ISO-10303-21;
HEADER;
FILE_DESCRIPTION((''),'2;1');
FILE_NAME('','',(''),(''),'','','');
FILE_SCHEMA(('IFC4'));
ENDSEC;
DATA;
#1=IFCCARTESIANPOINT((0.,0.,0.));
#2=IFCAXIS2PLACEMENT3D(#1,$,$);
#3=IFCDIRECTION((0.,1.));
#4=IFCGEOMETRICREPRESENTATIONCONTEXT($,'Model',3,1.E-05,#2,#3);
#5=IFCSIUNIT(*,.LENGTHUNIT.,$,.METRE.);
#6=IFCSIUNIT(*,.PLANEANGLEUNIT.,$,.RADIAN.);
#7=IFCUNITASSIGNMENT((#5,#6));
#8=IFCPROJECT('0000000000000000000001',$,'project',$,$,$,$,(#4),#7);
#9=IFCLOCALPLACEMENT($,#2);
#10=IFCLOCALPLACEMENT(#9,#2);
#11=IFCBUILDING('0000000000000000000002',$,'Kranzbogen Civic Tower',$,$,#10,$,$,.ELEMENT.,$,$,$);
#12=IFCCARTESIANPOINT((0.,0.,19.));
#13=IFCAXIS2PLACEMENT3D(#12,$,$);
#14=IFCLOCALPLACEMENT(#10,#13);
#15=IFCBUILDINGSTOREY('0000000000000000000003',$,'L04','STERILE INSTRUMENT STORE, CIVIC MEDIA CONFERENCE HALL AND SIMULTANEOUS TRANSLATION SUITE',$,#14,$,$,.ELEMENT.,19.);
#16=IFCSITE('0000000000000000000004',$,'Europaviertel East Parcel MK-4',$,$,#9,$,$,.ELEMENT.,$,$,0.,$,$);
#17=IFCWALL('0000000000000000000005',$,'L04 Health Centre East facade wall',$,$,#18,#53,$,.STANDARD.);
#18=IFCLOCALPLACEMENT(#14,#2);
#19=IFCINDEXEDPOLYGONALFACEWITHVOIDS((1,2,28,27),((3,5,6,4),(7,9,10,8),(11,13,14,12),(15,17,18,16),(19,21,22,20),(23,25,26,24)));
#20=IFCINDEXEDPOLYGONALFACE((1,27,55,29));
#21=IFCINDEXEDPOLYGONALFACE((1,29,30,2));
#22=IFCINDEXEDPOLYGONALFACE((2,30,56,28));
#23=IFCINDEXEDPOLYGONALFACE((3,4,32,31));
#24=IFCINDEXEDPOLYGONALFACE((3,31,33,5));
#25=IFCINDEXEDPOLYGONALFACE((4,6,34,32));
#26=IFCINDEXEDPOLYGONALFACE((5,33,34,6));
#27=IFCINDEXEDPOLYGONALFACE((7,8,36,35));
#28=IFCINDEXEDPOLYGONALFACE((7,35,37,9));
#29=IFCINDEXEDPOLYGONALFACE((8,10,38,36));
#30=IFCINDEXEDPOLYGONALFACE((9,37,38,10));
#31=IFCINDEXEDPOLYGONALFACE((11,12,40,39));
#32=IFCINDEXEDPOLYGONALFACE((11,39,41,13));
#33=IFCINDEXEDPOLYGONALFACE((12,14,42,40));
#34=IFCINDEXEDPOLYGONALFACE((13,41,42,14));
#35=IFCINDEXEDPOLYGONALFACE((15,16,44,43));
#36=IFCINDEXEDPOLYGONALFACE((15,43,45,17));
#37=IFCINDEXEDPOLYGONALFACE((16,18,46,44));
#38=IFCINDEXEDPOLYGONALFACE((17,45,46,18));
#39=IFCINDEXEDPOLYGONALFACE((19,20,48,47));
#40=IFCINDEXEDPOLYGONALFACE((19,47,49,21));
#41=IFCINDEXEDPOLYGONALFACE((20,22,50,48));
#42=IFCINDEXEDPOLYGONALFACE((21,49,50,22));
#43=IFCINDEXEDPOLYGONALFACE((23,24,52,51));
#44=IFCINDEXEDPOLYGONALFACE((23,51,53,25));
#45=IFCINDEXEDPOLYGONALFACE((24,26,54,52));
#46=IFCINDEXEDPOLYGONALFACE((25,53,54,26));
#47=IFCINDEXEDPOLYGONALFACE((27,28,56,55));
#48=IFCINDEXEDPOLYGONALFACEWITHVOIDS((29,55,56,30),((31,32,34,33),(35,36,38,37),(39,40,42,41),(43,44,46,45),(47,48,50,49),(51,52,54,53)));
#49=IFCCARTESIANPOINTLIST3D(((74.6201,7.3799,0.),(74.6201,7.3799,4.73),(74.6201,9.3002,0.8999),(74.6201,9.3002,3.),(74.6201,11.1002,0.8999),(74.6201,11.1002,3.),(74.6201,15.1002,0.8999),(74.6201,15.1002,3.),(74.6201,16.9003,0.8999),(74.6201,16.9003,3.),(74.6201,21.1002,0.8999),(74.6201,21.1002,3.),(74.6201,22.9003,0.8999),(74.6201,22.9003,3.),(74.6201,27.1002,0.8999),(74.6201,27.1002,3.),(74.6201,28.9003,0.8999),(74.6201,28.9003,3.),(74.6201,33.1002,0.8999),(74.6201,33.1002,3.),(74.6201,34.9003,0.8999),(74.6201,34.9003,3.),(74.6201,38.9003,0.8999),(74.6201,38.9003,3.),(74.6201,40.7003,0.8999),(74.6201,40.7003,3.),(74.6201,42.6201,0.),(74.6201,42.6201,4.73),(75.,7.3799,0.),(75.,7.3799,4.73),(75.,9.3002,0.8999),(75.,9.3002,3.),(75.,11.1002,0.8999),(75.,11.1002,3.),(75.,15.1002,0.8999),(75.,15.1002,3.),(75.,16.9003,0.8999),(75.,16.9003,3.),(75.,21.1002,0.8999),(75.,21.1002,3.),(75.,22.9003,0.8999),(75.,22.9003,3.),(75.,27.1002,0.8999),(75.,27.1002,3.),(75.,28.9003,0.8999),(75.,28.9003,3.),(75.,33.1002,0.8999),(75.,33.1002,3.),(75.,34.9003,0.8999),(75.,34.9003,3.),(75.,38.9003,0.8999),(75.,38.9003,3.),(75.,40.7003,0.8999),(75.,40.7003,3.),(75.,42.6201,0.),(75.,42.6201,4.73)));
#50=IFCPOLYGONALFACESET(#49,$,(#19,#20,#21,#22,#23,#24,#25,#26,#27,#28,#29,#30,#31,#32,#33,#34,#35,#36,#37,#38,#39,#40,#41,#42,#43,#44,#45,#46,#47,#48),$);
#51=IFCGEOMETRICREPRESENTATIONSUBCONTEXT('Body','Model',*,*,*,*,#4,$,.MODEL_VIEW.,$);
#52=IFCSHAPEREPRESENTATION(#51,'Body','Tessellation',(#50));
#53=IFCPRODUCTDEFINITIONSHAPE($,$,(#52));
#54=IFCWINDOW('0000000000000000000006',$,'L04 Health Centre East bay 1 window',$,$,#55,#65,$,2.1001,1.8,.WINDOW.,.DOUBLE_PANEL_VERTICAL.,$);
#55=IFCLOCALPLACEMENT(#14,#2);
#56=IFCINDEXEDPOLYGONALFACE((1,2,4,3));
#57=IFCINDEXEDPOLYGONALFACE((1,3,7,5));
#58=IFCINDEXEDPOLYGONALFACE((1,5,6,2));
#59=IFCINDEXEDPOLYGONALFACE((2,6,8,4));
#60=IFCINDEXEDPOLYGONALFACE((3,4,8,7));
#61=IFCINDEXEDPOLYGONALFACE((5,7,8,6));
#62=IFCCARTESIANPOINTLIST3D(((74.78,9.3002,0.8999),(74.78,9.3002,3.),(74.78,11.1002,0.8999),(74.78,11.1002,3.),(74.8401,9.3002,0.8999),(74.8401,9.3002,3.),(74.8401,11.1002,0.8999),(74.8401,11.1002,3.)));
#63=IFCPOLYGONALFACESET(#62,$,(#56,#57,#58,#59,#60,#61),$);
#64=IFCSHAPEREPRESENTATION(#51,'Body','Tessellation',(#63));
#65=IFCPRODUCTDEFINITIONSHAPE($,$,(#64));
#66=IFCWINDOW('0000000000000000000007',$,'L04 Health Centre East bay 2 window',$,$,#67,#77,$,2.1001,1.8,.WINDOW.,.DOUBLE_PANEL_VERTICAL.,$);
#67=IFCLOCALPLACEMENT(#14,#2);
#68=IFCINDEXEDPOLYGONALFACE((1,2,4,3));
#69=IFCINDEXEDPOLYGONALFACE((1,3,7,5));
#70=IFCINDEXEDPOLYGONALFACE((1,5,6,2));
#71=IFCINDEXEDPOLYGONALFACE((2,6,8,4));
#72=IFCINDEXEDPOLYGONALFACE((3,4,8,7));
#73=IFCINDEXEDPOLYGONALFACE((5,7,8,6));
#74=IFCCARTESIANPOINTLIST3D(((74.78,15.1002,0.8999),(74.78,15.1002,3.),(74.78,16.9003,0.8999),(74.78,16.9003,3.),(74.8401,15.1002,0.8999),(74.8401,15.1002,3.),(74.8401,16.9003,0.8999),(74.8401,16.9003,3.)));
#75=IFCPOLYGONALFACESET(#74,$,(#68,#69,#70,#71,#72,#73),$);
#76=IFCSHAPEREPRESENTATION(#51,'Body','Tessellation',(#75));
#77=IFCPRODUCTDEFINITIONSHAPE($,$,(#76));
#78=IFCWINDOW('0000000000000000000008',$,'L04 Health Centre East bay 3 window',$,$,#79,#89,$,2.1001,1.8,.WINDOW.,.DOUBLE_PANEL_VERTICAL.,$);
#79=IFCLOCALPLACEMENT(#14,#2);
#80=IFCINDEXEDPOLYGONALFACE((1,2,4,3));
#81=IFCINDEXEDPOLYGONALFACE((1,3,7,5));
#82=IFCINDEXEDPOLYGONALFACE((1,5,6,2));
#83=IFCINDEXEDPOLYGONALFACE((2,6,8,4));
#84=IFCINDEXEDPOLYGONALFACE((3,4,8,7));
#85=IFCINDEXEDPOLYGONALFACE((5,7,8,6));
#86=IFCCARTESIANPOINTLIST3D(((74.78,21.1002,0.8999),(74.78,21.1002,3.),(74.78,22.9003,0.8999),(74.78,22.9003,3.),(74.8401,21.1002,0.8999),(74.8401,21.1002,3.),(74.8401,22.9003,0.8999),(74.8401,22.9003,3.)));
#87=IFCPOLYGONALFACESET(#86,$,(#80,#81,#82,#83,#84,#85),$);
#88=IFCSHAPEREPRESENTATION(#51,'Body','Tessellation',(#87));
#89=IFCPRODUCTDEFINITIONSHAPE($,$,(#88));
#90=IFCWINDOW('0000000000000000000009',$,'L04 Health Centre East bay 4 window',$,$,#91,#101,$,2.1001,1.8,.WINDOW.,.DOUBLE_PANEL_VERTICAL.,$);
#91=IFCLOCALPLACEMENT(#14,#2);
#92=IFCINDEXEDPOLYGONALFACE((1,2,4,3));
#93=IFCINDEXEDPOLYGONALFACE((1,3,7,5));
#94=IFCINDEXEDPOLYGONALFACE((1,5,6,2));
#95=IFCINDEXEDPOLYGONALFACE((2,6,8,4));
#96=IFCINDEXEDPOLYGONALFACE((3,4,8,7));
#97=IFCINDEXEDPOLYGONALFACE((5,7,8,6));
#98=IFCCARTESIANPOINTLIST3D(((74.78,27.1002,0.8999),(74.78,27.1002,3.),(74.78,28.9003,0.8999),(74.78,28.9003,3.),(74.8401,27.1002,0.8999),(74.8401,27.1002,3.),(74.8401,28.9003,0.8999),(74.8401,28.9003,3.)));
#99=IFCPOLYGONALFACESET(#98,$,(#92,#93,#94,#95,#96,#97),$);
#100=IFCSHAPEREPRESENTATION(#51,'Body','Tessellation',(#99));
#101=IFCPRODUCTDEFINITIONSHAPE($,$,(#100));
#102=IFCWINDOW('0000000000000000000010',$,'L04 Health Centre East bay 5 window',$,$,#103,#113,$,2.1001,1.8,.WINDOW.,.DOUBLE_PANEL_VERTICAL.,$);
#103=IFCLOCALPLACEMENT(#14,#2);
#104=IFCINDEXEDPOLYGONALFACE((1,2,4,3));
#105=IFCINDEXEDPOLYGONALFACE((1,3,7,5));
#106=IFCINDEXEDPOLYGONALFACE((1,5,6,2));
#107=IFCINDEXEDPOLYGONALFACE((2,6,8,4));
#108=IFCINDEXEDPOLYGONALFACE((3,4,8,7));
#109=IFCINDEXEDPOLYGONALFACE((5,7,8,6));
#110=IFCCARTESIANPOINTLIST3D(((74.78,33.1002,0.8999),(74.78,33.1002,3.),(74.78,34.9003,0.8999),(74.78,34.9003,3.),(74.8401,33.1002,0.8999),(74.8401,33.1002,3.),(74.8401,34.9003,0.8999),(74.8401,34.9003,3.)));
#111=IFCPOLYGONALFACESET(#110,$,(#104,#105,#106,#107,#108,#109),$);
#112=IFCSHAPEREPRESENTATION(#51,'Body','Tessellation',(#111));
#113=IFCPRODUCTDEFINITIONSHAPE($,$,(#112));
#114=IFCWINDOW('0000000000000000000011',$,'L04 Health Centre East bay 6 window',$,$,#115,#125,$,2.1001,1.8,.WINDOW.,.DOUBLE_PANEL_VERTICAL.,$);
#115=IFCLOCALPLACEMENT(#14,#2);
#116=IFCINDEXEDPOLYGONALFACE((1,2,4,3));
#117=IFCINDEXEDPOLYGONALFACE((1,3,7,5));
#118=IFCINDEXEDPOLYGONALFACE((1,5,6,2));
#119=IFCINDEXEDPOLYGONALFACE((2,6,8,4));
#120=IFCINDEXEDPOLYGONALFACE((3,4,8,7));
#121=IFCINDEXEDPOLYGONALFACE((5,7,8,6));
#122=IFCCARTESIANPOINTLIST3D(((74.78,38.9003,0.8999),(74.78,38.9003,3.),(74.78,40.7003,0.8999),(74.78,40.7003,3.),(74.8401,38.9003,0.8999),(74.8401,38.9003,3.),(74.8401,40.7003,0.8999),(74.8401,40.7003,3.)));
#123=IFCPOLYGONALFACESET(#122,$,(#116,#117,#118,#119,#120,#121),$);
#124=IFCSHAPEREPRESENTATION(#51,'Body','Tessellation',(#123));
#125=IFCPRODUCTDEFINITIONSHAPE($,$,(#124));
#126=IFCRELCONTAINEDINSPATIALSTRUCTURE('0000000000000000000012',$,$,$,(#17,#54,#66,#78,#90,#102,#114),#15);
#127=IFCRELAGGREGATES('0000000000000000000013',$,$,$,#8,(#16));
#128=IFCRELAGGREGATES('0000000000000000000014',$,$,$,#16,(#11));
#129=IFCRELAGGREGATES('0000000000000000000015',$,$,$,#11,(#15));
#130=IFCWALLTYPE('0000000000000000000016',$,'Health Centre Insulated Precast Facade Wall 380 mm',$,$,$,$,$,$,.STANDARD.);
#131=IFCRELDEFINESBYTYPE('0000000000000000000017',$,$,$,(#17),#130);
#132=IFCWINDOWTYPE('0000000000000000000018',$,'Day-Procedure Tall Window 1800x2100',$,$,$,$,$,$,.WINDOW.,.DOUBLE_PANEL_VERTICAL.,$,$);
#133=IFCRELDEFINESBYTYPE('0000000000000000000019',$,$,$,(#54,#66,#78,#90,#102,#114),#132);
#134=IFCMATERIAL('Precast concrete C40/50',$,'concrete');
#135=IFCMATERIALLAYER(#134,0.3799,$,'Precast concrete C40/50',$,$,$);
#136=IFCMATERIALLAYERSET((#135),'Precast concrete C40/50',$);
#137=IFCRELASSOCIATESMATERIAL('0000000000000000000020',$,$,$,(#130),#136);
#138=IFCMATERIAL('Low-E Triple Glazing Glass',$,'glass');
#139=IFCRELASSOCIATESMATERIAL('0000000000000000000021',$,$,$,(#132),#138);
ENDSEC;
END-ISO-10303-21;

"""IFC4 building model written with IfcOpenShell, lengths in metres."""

from ifc_helpers import new_model, si_unit, direction, frame, frame_2d, origin, place, context, subcontext, project, spatial, rectangle, extrude, material, layer, layer_set, type_object, element, fill, save


model = new_model("IFC4")

# Units and contexts
model_context = context("Model", 3, precision=1e-05, world=origin(), true_north=direction((0.0, 1.0)))
body_context = subcontext(model_context, "Body", "Model", "MODEL_VIEW")
ifc_project = project(units=[si_unit("LENGTHUNIT", "METRE"), si_unit("PLANEANGLEUNIT", "RADIAN")], contexts=[model_context])

# Site, building, storey
site_placement = place(None, origin())
site = spatial("IfcSite", under=ifc_project, at=site_placement, Name="Europaviertel East Parcel MK-4", CompositionType="ELEMENT", RefElevation=0.0)
building_placement = place(site_placement, origin())
building = spatial("IfcBuilding", under=site, at=building_placement, Name="Kranzbogen Civic Tower", CompositionType="ELEMENT")
storey_placement = place(building_placement, frame((0.0, 0.0, 19.0)))
storey = spatial("IfcBuildingStorey", under=building, at=storey_placement, Name="L04", Description="STERILE INSTRUMENT STORE, CIVIC MEDIA CONFERENCE HALL AND SIMULTANEOUS TRANSLATION SUITE", CompositionType="ELEMENT", Elevation=19.0)

# Wall, openings, windows
ifc_material_1 = material(Name="Precast concrete C40/50", Category="concrete")
ifc_layer_1 = layer(ifc_material_1, 0.3799, Name="Precast concrete C40/50")
ifc_layer_set_1 = layer_set([ifc_layer_1], Name="Precast concrete C40/50")
wall_type_1 = type_object("IfcWallType", Name="Health Centre Insulated Precast Facade Wall 380 mm", PredefinedType="STANDARD", material=ifc_layer_set_1)
wall_1_placement = place(storey_placement, frame((74.8101, 42.6201, 0.0), z_axis=(0.0, 0.0, 1.0), x_axis=(0.0, -1.0, 0.0)))
wall_1 = element("IfcWall", 1, at=wall_1_placement, inside=storey, type_object=wall_type_1, Name="L04 Health Centre East facade wall", PredefinedType="STANDARD", context=body_context, shape_type="SweptSolid", body=[
    extrude(rectangle(XDim=35.2402, YDim=0.3799, at=frame_2d((17.6201, 0.0))), origin(), (0.0, 0.0, 1.0), 4.73),
])
opening_1_placement = place(wall_1_placement, frame((31.52, 0.0, 0.8999)))
opening_1 = element("IfcOpeningElement", 2, at=opening_1_placement, cuts=wall_1, PredefinedType="OPENING", context=body_context, shape_type="SweptSolid", body=[
    extrude(rectangle(XDim=1.8, YDim=2.1001, at=frame_2d((0.8999, 1.05))), frame((0.0, 0.2, 0.0), z_axis=(0.0, -1.0, 0.0), x_axis=(1.0, 0.0, 0.0)), (0.0, 0.0, 1.0), 0.3999),
])
opening_2_placement = place(wall_1_placement, frame((25.72, 0.0, 0.8999)))
opening_2 = element("IfcOpeningElement", 3, at=opening_2_placement, cuts=wall_1, PredefinedType="OPENING", context=body_context, shape_type="SweptSolid", body=[
    extrude(rectangle(XDim=1.8, YDim=2.1001, at=frame_2d((0.8999, 1.05))), frame((0.0, 0.2, 0.0), z_axis=(0.0, -1.0, 0.0), x_axis=(1.0, 0.0, 0.0)), (0.0, 0.0, 1.0), 0.3999),
])
opening_3_placement = place(wall_1_placement, frame((19.72, 0.0, 0.8999)))
opening_3 = element("IfcOpeningElement", 4, at=opening_3_placement, cuts=wall_1, PredefinedType="OPENING", context=body_context, shape_type="SweptSolid", body=[
    extrude(rectangle(XDim=1.8, YDim=2.1001, at=frame_2d((0.8999, 1.05))), frame((0.0, 0.2, 0.0), z_axis=(0.0, -1.0, 0.0), x_axis=(1.0, 0.0, 0.0)), (0.0, 0.0, 1.0), 0.3999),
])
opening_4_placement = place(wall_1_placement, frame((13.72, 0.0, 0.8999)))
opening_4 = element("IfcOpeningElement", 5, at=opening_4_placement, cuts=wall_1, PredefinedType="OPENING", context=body_context, shape_type="SweptSolid", body=[
    extrude(rectangle(XDim=1.8, YDim=2.1001, at=frame_2d((0.8999, 1.05))), frame((0.0, 0.2, 0.0), z_axis=(0.0, -1.0, 0.0), x_axis=(1.0, 0.0, 0.0)), (0.0, 0.0, 1.0), 0.3999),
])
opening_5_placement = place(wall_1_placement, frame((7.72, 0.0, 0.8999)))
opening_5 = element("IfcOpeningElement", 6, at=opening_5_placement, cuts=wall_1, PredefinedType="OPENING", context=body_context, shape_type="SweptSolid", body=[
    extrude(rectangle(XDim=1.8, YDim=2.1001, at=frame_2d((0.8999, 1.05))), frame((0.0, 0.2, 0.0), z_axis=(0.0, -1.0, 0.0), x_axis=(1.0, 0.0, 0.0)), (0.0, 0.0, 1.0), 0.3999),
])
opening_6_placement = place(wall_1_placement, frame((1.9199, 0.0, 0.8999)))
opening_6 = element("IfcOpeningElement", 7, at=opening_6_placement, cuts=wall_1, PredefinedType="OPENING", context=body_context, shape_type="SweptSolid", body=[
    extrude(rectangle(XDim=1.8, YDim=2.1001, at=frame_2d((0.8999, 1.05))), frame((0.0, 0.2, 0.0), z_axis=(0.0, -1.0, 0.0), x_axis=(1.0, 0.0, 0.0)), (0.0, 0.0, 1.0), 0.3999),
])
ifc_material_2 = material(Name="Low-E Triple Glazing Glass", Category="glass")
window_type = type_object("IfcWindowType", Name="Day-Procedure Tall Window 1800x2100", PartitioningType="DOUBLE_PANEL_VERTICAL", PredefinedType="WINDOW", material=ifc_material_2)
window_1_placement = place(opening_1_placement, origin())
window_1 = element("IfcWindow", 8, at=window_1_placement, inside=storey, type_object=window_type, Name="L04 Health Centre East bay 1 window", OverallHeight=2.1001, OverallWidth=1.8, PartitioningType="DOUBLE_PANEL_VERTICAL", PredefinedType="WINDOW", context=body_context, shape_type="SweptSolid", body=[
    extrude(rectangle(XDim=1.8, YDim=2.1001, at=frame_2d((0.8999, 1.05))), frame((0.0, 0.03, 0.0), z_axis=(0.0, -1.0, 0.0), x_axis=(1.0, 0.0, 0.0)), (0.0, 0.0, 1.0), 0.0601),
])
fill(opening_1, window_1)
window_2_placement = place(opening_2_placement, origin())
window_2 = element("IfcWindow", 9, at=window_2_placement, inside=storey, type_object=window_type, Name="L04 Health Centre East bay 2 window", OverallHeight=2.1001, OverallWidth=1.8, PartitioningType="DOUBLE_PANEL_VERTICAL", PredefinedType="WINDOW", context=body_context, shape_type="SweptSolid", body=[
    extrude(rectangle(XDim=1.8, YDim=2.1001, at=frame_2d((0.8999, 1.05))), frame((0.0, 0.03, 0.0), z_axis=(0.0, -1.0, 0.0), x_axis=(1.0, 0.0, 0.0)), (0.0, 0.0, 1.0), 0.0601),
])
fill(opening_2, window_2)
window_3_placement = place(opening_3_placement, origin())
window_3 = element("IfcWindow", 10, at=window_3_placement, inside=storey, type_object=window_type, Name="L04 Health Centre East bay 3 window", OverallHeight=2.1001, OverallWidth=1.8, PartitioningType="DOUBLE_PANEL_VERTICAL", PredefinedType="WINDOW", context=body_context, shape_type="SweptSolid", body=[
    extrude(rectangle(XDim=1.8, YDim=2.1001, at=frame_2d((0.8999, 1.05))), frame((0.0, 0.03, 0.0), z_axis=(0.0, -1.0, 0.0), x_axis=(1.0, 0.0, 0.0)), (0.0, 0.0, 1.0), 0.0601),
])
fill(opening_3, window_3)
window_4_placement = place(opening_4_placement, origin())
window_4 = element("IfcWindow", 11, at=window_4_placement, inside=storey, type_object=window_type, Name="L04 Health Centre East bay 4 window", OverallHeight=2.1001, OverallWidth=1.8, PartitioningType="DOUBLE_PANEL_VERTICAL", PredefinedType="WINDOW", context=body_context, shape_type="SweptSolid", body=[
    extrude(rectangle(XDim=1.8, YDim=2.1001, at=frame_2d((0.8999, 1.05))), frame((0.0, 0.03, 0.0), z_axis=(0.0, -1.0, 0.0), x_axis=(1.0, 0.0, 0.0)), (0.0, 0.0, 1.0), 0.0601),
])
fill(opening_4, window_4)
window_5_placement = place(opening_5_placement, origin())
window_5 = element("IfcWindow", 12, at=window_5_placement, inside=storey, type_object=window_type, Name="L04 Health Centre East bay 5 window", OverallHeight=2.1001, OverallWidth=1.8, PartitioningType="DOUBLE_PANEL_VERTICAL", PredefinedType="WINDOW", context=body_context, shape_type="SweptSolid", body=[
    extrude(rectangle(XDim=1.8, YDim=2.1001, at=frame_2d((0.8999, 1.05))), frame((0.0, 0.03, 0.0), z_axis=(0.0, -1.0, 0.0), x_axis=(1.0, 0.0, 0.0)), (0.0, 0.0, 1.0), 0.0601),
])
fill(opening_5, window_5)
window_6_placement = place(opening_6_placement, origin())
window_6 = element("IfcWindow", 13, at=window_6_placement, inside=storey, type_object=window_type, Name="L04 Health Centre East bay 6 window", OverallHeight=2.1001, OverallWidth=1.8, PartitioningType="DOUBLE_PANEL_VERTICAL", PredefinedType="WINDOW", context=body_context, shape_type="SweptSolid", body=[
    extrude(rectangle(XDim=1.8, YDim=2.1001, at=frame_2d((0.8999, 1.05))), frame((0.0, 0.03, 0.0), z_axis=(0.0, -1.0, 0.0), x_axis=(1.0, 0.0, 0.0)), (0.0, 0.0, 1.0), 0.0601),
])
fill(opening_6, window_6)

save(model, "model.ifc")
